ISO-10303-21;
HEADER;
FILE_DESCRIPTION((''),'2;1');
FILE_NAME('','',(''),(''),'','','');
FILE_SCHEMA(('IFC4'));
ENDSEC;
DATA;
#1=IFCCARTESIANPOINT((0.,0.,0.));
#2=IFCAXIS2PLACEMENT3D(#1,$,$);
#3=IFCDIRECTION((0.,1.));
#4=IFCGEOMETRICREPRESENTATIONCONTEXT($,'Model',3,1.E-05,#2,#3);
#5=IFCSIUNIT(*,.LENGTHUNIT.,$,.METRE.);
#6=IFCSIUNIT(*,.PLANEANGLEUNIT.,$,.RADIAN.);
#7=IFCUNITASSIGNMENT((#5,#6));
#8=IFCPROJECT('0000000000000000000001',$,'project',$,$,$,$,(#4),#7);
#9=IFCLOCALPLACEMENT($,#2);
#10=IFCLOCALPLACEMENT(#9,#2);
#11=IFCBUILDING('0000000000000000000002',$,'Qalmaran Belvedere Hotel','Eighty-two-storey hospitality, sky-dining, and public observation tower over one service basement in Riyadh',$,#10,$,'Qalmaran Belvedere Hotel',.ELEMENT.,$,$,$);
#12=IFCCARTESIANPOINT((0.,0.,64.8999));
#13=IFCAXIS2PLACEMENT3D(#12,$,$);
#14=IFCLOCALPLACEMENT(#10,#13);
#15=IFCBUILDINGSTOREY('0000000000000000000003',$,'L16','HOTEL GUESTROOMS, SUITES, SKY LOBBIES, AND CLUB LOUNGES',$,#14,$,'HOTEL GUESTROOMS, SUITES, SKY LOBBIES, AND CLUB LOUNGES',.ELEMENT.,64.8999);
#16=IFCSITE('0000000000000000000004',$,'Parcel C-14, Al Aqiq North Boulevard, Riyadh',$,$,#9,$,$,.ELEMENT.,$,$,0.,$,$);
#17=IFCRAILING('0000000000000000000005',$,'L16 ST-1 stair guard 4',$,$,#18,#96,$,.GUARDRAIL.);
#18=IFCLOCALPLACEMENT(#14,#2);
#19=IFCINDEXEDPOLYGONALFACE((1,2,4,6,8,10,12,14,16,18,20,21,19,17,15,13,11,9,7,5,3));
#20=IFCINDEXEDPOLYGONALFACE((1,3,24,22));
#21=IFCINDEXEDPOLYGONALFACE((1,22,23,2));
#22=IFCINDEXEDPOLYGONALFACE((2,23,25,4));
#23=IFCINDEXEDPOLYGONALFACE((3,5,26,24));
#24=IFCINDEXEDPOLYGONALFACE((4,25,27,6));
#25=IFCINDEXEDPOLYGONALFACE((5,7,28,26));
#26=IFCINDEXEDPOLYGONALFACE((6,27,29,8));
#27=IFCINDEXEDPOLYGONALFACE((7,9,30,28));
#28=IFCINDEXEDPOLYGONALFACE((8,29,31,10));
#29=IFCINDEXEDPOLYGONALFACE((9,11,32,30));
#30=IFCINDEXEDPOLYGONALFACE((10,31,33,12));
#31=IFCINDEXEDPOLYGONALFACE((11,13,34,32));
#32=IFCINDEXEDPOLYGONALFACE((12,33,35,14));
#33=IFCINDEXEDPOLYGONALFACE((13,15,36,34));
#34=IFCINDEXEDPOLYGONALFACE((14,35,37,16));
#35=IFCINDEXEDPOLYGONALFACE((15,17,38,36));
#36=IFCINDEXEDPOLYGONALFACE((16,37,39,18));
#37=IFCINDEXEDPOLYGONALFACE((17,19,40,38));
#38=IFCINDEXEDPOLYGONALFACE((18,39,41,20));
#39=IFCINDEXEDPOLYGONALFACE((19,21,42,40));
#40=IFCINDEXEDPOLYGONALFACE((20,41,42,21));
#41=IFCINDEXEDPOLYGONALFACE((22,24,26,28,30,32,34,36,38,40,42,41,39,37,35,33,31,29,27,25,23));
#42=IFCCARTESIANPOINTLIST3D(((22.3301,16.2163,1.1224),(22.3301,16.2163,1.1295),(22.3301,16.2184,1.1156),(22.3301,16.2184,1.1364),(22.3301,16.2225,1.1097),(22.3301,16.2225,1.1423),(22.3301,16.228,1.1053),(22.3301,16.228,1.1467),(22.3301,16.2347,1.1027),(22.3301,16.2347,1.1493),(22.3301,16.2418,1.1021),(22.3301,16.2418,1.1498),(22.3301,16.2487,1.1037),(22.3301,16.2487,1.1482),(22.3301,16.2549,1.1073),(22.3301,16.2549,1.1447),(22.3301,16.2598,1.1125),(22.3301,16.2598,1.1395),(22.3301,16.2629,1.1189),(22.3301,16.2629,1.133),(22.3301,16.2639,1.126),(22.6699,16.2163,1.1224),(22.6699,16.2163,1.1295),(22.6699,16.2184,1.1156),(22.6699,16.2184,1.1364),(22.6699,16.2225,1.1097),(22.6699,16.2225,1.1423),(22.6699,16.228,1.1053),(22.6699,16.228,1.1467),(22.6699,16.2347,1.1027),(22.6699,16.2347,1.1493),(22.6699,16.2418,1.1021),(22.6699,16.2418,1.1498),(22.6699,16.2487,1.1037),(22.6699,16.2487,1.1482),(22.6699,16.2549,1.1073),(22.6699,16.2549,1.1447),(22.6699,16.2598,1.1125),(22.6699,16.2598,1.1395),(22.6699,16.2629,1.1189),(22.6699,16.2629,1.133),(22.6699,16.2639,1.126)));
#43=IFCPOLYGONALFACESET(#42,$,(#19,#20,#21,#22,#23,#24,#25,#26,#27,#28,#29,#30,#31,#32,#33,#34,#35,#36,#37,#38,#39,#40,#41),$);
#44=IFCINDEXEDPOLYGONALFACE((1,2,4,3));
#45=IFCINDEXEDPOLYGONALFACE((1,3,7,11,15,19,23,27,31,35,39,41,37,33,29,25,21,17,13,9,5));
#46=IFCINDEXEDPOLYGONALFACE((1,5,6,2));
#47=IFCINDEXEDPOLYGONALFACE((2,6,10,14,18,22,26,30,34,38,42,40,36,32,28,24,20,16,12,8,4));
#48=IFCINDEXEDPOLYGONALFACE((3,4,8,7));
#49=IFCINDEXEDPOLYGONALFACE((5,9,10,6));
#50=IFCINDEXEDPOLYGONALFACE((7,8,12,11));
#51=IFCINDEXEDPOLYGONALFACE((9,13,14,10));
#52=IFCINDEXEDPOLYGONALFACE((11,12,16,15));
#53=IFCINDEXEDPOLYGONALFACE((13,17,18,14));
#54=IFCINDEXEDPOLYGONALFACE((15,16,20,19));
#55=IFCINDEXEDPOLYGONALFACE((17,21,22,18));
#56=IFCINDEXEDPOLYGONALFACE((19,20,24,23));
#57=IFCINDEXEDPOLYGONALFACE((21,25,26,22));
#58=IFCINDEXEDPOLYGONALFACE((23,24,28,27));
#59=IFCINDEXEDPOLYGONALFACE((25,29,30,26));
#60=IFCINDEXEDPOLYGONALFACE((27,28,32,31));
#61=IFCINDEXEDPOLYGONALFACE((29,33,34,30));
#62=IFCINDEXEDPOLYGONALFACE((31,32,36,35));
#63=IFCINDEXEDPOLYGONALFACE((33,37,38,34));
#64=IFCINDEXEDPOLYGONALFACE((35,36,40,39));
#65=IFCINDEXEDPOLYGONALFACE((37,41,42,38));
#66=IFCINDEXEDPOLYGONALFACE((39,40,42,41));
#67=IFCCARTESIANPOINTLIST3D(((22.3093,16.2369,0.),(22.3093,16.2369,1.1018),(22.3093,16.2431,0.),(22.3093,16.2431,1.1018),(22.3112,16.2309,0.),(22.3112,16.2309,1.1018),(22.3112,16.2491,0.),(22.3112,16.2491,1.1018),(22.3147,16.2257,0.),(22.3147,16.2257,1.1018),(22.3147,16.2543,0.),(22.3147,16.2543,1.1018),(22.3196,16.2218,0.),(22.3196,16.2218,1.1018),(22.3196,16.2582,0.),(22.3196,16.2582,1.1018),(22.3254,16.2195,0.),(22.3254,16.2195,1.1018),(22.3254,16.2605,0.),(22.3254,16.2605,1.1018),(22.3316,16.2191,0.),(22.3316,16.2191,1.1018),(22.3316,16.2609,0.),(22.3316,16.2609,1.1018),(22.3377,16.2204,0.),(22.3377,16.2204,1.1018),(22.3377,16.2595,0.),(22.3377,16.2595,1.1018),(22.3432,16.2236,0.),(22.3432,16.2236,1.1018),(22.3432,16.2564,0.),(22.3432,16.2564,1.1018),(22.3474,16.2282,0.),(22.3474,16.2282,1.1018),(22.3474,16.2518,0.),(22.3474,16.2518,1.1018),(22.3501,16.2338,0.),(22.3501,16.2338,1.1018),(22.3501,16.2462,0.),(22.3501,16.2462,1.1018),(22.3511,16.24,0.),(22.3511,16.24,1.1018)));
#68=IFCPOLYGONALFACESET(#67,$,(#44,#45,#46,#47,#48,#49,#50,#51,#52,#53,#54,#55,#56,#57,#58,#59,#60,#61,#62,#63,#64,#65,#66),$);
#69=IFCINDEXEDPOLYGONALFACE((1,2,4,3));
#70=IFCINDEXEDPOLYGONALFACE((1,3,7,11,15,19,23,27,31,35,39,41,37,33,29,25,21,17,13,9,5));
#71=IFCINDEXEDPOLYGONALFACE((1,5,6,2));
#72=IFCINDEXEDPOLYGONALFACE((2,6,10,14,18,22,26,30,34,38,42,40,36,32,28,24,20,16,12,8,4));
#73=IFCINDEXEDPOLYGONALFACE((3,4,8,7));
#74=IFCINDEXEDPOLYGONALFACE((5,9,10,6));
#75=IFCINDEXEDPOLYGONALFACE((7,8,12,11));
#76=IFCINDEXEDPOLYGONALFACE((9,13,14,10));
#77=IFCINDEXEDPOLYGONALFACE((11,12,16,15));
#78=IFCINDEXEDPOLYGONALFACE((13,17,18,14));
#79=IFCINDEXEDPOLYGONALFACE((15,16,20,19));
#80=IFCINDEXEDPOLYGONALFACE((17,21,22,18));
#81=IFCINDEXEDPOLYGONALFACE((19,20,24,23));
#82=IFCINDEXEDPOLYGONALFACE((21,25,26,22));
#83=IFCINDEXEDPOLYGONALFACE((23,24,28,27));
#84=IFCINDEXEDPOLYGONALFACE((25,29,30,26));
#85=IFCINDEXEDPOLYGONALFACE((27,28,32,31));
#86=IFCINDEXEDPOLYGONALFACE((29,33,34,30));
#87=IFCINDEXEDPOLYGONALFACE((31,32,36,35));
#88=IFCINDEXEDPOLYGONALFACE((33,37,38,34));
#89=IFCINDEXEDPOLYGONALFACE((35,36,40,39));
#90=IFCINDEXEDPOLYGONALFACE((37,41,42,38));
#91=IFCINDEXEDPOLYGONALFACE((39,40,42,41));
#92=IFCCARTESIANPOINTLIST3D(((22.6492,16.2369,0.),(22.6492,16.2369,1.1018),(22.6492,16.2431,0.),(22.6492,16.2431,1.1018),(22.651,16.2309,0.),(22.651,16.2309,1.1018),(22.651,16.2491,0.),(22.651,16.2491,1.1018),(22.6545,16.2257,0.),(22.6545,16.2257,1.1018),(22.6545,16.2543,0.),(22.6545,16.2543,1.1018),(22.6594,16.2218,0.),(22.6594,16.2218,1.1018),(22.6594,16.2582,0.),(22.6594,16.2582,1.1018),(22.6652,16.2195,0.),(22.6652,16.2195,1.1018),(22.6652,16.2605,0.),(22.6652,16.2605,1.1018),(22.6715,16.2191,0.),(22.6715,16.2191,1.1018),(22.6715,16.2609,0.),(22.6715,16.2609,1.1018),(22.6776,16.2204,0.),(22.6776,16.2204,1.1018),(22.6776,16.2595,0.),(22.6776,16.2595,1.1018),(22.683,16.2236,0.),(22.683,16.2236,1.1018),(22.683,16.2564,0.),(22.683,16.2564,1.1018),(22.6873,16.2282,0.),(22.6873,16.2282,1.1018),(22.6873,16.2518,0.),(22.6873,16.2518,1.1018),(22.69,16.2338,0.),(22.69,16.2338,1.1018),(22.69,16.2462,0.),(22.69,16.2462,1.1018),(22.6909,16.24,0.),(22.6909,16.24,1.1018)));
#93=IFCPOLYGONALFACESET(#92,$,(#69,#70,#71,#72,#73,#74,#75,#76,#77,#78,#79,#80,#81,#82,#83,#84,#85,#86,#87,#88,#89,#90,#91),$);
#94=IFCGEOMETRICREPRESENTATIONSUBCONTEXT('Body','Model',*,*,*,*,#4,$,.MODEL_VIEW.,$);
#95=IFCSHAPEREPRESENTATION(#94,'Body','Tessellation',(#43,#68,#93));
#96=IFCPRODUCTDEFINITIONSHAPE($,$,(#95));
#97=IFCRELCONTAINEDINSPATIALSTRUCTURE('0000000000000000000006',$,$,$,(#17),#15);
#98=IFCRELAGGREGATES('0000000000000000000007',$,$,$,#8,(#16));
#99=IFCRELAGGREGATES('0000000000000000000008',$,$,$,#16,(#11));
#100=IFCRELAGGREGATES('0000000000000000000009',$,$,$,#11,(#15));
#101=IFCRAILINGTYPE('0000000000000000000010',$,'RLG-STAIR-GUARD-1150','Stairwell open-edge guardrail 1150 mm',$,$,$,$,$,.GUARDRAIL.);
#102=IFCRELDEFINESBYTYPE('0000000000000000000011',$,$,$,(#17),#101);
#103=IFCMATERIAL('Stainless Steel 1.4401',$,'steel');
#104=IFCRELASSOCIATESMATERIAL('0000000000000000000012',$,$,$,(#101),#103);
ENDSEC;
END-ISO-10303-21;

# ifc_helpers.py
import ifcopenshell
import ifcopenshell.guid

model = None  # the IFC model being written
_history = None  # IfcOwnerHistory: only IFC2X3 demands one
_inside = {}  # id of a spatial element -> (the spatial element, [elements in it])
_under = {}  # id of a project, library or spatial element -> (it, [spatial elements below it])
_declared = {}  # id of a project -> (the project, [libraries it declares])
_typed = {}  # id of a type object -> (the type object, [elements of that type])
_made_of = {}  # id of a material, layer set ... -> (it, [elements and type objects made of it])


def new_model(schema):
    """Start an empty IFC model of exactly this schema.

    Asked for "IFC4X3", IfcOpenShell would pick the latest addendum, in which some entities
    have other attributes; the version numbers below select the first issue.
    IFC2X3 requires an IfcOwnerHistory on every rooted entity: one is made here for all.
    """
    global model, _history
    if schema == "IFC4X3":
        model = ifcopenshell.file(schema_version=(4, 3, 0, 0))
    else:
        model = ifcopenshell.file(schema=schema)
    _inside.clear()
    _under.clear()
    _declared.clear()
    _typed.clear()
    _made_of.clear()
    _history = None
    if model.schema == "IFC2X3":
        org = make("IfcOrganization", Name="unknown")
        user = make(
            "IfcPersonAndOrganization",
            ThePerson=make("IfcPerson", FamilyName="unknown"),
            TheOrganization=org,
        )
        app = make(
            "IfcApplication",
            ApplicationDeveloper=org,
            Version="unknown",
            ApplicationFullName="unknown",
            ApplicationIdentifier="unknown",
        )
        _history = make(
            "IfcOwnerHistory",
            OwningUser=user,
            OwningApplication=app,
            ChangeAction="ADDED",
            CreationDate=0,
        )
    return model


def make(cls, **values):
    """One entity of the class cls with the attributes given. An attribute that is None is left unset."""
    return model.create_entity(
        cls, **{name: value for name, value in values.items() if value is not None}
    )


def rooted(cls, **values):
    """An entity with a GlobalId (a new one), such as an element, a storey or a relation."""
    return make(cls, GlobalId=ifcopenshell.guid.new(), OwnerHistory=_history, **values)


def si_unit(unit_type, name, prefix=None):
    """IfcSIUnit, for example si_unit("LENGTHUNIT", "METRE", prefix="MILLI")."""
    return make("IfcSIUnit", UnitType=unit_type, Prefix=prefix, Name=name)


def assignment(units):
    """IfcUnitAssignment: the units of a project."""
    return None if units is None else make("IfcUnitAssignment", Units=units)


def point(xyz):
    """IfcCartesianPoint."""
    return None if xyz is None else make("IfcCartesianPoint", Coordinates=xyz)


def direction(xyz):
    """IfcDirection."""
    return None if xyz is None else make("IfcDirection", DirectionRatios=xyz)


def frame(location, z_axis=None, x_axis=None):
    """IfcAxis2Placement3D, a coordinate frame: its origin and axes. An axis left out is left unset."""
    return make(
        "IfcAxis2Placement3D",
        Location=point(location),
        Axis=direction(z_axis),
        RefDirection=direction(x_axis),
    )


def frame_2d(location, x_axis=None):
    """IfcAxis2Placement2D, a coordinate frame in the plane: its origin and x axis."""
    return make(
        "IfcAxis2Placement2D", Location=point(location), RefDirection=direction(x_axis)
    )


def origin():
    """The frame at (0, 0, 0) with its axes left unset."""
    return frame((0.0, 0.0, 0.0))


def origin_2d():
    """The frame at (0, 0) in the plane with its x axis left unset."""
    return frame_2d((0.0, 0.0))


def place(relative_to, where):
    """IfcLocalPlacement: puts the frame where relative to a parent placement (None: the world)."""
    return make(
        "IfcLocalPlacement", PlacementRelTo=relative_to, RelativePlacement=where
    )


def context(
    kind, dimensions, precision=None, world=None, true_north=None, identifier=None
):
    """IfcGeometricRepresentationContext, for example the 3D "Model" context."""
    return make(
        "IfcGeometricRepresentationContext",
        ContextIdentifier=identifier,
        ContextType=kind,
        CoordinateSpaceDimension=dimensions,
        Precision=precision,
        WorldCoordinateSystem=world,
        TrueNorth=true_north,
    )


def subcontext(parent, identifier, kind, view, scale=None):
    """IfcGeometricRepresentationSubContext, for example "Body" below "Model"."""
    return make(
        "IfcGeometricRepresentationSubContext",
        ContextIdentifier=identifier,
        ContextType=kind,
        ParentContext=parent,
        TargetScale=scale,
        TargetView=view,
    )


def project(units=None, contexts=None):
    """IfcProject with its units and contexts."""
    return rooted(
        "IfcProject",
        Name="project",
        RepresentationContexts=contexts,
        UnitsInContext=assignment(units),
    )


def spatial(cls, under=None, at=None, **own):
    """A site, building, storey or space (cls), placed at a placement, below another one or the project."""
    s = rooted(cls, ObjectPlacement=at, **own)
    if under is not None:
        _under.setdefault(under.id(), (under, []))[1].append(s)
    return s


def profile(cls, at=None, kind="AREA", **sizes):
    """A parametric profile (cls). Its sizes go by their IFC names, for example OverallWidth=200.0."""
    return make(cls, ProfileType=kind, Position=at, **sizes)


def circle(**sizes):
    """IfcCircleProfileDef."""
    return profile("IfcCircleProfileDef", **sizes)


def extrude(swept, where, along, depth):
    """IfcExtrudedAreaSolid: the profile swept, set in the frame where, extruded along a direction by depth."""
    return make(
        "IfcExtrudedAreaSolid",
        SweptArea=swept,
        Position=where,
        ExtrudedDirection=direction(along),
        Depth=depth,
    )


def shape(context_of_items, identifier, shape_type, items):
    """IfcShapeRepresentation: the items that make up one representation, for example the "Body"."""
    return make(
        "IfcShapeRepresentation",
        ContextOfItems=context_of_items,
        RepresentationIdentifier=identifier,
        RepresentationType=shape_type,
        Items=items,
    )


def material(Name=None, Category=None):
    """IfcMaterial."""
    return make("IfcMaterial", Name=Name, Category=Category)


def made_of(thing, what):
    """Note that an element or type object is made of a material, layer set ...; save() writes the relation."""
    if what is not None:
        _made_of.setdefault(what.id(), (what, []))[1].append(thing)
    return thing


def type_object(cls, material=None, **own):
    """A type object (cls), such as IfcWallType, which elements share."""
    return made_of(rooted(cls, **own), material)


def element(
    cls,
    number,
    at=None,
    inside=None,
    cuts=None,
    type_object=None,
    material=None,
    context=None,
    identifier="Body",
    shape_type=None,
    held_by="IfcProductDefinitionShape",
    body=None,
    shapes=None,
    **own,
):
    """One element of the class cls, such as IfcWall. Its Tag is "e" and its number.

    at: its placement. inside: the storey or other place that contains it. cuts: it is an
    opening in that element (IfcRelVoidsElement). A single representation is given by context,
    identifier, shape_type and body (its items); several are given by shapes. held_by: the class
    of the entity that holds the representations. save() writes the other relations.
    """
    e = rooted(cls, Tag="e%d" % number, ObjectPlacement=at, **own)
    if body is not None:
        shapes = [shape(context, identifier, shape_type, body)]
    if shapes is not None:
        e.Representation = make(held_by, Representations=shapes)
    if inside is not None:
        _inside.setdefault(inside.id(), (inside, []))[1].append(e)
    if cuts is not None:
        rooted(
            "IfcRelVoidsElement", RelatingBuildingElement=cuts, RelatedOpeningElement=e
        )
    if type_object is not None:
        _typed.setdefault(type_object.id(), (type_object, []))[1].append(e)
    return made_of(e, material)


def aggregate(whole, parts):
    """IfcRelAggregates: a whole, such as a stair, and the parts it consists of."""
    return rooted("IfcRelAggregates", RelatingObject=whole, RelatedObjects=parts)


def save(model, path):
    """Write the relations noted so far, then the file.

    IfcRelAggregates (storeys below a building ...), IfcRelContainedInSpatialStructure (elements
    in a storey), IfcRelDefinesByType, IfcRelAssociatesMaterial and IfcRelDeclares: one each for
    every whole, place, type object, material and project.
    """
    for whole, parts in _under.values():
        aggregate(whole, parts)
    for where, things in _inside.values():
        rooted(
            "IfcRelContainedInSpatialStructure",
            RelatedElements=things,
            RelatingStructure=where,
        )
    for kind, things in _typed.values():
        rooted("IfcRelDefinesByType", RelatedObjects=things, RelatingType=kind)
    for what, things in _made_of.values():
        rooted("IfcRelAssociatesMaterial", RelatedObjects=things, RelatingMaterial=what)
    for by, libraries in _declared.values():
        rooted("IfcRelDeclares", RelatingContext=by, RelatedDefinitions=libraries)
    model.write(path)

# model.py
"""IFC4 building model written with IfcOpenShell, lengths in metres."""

from ifc_helpers import new_model, si_unit, direction, frame, origin, origin_2d, place, context, subcontext, project, spatial, circle, extrude, material, type_object, element, save


model = new_model("IFC4")

# Units and contexts
model_context = context("Model", 3, precision=1e-05, world=origin(), true_north=direction((0.0, 1.0)))
body_context = subcontext(model_context, "Body", "Model", "MODEL_VIEW")
ifc_project = project(units=[si_unit("LENGTHUNIT", "METRE"), si_unit("PLANEANGLEUNIT", "RADIAN")], contexts=[model_context])

# Site, building, storey
site_placement = place(None, origin())
site = spatial("IfcSite", under=ifc_project, at=site_placement, Name="Parcel C-14, Al Aqiq North Boulevard, Riyadh", CompositionType="ELEMENT", RefElevation=0.0)
building_placement = place(site_placement, origin())
building = spatial("IfcBuilding", under=site, at=building_placement, Name="Qalmaran Belvedere Hotel", Description="Eighty-two-storey hospitality, sky-dining, and public observation tower over one service basement in Riyadh", LongName="Qalmaran Belvedere Hotel", CompositionType="ELEMENT")
storey_placement = place(building_placement, frame((0.0, 0.0, 64.8999)))
storey = spatial("IfcBuildingStorey", under=building, at=storey_placement, Name="L16", Description="HOTEL GUESTROOMS, SUITES, SKY LOBBIES, AND CLUB LOUNGES", LongName="HOTEL GUESTROOMS, SUITES, SKY LOBBIES, AND CLUB LOUNGES", CompositionType="ELEMENT", Elevation=64.8999)

# Railing
ifc_material_1 = material(Name="Stainless Steel 1.4401", Category="steel")
railing_type_1 = type_object("IfcRailingType", Name="RLG-STAIR-GUARD-1150", Description="Stairwell open-edge guardrail 1150 mm", PredefinedType="GUARDRAIL", material=ifc_material_1)
railing_1_placement = place(storey_placement, frame((22.3301, 16.24, 0.0)))
element("IfcRailing", 1, at=railing_1_placement, inside=storey, type_object=railing_type_1, Name="L16 ST-1 stair guard 4", PredefinedType="GUARDRAIL", context=body_context, shape_type="SweptSolid", body=[
    extrude(circle(Radius=0.0239, at=origin_2d()), frame((0.0, 0.0, 1.126), z_axis=(1.0, 0.0, 0.0), x_axis=(0.0, 1.0, 0.0)), (0.0, 0.0, 1.0), 0.3398),
    extrude(circle(Radius=0.021, at=origin_2d()), origin(), (0.0, 0.0, 1.0), 1.1018),
    extrude(circle(Radius=0.021, at=origin_2d()), frame((0.3398, 0.0, 0.0)), (0.0, 0.0, 1.0), 1.1018),
])

save(model, "model.ifc")
